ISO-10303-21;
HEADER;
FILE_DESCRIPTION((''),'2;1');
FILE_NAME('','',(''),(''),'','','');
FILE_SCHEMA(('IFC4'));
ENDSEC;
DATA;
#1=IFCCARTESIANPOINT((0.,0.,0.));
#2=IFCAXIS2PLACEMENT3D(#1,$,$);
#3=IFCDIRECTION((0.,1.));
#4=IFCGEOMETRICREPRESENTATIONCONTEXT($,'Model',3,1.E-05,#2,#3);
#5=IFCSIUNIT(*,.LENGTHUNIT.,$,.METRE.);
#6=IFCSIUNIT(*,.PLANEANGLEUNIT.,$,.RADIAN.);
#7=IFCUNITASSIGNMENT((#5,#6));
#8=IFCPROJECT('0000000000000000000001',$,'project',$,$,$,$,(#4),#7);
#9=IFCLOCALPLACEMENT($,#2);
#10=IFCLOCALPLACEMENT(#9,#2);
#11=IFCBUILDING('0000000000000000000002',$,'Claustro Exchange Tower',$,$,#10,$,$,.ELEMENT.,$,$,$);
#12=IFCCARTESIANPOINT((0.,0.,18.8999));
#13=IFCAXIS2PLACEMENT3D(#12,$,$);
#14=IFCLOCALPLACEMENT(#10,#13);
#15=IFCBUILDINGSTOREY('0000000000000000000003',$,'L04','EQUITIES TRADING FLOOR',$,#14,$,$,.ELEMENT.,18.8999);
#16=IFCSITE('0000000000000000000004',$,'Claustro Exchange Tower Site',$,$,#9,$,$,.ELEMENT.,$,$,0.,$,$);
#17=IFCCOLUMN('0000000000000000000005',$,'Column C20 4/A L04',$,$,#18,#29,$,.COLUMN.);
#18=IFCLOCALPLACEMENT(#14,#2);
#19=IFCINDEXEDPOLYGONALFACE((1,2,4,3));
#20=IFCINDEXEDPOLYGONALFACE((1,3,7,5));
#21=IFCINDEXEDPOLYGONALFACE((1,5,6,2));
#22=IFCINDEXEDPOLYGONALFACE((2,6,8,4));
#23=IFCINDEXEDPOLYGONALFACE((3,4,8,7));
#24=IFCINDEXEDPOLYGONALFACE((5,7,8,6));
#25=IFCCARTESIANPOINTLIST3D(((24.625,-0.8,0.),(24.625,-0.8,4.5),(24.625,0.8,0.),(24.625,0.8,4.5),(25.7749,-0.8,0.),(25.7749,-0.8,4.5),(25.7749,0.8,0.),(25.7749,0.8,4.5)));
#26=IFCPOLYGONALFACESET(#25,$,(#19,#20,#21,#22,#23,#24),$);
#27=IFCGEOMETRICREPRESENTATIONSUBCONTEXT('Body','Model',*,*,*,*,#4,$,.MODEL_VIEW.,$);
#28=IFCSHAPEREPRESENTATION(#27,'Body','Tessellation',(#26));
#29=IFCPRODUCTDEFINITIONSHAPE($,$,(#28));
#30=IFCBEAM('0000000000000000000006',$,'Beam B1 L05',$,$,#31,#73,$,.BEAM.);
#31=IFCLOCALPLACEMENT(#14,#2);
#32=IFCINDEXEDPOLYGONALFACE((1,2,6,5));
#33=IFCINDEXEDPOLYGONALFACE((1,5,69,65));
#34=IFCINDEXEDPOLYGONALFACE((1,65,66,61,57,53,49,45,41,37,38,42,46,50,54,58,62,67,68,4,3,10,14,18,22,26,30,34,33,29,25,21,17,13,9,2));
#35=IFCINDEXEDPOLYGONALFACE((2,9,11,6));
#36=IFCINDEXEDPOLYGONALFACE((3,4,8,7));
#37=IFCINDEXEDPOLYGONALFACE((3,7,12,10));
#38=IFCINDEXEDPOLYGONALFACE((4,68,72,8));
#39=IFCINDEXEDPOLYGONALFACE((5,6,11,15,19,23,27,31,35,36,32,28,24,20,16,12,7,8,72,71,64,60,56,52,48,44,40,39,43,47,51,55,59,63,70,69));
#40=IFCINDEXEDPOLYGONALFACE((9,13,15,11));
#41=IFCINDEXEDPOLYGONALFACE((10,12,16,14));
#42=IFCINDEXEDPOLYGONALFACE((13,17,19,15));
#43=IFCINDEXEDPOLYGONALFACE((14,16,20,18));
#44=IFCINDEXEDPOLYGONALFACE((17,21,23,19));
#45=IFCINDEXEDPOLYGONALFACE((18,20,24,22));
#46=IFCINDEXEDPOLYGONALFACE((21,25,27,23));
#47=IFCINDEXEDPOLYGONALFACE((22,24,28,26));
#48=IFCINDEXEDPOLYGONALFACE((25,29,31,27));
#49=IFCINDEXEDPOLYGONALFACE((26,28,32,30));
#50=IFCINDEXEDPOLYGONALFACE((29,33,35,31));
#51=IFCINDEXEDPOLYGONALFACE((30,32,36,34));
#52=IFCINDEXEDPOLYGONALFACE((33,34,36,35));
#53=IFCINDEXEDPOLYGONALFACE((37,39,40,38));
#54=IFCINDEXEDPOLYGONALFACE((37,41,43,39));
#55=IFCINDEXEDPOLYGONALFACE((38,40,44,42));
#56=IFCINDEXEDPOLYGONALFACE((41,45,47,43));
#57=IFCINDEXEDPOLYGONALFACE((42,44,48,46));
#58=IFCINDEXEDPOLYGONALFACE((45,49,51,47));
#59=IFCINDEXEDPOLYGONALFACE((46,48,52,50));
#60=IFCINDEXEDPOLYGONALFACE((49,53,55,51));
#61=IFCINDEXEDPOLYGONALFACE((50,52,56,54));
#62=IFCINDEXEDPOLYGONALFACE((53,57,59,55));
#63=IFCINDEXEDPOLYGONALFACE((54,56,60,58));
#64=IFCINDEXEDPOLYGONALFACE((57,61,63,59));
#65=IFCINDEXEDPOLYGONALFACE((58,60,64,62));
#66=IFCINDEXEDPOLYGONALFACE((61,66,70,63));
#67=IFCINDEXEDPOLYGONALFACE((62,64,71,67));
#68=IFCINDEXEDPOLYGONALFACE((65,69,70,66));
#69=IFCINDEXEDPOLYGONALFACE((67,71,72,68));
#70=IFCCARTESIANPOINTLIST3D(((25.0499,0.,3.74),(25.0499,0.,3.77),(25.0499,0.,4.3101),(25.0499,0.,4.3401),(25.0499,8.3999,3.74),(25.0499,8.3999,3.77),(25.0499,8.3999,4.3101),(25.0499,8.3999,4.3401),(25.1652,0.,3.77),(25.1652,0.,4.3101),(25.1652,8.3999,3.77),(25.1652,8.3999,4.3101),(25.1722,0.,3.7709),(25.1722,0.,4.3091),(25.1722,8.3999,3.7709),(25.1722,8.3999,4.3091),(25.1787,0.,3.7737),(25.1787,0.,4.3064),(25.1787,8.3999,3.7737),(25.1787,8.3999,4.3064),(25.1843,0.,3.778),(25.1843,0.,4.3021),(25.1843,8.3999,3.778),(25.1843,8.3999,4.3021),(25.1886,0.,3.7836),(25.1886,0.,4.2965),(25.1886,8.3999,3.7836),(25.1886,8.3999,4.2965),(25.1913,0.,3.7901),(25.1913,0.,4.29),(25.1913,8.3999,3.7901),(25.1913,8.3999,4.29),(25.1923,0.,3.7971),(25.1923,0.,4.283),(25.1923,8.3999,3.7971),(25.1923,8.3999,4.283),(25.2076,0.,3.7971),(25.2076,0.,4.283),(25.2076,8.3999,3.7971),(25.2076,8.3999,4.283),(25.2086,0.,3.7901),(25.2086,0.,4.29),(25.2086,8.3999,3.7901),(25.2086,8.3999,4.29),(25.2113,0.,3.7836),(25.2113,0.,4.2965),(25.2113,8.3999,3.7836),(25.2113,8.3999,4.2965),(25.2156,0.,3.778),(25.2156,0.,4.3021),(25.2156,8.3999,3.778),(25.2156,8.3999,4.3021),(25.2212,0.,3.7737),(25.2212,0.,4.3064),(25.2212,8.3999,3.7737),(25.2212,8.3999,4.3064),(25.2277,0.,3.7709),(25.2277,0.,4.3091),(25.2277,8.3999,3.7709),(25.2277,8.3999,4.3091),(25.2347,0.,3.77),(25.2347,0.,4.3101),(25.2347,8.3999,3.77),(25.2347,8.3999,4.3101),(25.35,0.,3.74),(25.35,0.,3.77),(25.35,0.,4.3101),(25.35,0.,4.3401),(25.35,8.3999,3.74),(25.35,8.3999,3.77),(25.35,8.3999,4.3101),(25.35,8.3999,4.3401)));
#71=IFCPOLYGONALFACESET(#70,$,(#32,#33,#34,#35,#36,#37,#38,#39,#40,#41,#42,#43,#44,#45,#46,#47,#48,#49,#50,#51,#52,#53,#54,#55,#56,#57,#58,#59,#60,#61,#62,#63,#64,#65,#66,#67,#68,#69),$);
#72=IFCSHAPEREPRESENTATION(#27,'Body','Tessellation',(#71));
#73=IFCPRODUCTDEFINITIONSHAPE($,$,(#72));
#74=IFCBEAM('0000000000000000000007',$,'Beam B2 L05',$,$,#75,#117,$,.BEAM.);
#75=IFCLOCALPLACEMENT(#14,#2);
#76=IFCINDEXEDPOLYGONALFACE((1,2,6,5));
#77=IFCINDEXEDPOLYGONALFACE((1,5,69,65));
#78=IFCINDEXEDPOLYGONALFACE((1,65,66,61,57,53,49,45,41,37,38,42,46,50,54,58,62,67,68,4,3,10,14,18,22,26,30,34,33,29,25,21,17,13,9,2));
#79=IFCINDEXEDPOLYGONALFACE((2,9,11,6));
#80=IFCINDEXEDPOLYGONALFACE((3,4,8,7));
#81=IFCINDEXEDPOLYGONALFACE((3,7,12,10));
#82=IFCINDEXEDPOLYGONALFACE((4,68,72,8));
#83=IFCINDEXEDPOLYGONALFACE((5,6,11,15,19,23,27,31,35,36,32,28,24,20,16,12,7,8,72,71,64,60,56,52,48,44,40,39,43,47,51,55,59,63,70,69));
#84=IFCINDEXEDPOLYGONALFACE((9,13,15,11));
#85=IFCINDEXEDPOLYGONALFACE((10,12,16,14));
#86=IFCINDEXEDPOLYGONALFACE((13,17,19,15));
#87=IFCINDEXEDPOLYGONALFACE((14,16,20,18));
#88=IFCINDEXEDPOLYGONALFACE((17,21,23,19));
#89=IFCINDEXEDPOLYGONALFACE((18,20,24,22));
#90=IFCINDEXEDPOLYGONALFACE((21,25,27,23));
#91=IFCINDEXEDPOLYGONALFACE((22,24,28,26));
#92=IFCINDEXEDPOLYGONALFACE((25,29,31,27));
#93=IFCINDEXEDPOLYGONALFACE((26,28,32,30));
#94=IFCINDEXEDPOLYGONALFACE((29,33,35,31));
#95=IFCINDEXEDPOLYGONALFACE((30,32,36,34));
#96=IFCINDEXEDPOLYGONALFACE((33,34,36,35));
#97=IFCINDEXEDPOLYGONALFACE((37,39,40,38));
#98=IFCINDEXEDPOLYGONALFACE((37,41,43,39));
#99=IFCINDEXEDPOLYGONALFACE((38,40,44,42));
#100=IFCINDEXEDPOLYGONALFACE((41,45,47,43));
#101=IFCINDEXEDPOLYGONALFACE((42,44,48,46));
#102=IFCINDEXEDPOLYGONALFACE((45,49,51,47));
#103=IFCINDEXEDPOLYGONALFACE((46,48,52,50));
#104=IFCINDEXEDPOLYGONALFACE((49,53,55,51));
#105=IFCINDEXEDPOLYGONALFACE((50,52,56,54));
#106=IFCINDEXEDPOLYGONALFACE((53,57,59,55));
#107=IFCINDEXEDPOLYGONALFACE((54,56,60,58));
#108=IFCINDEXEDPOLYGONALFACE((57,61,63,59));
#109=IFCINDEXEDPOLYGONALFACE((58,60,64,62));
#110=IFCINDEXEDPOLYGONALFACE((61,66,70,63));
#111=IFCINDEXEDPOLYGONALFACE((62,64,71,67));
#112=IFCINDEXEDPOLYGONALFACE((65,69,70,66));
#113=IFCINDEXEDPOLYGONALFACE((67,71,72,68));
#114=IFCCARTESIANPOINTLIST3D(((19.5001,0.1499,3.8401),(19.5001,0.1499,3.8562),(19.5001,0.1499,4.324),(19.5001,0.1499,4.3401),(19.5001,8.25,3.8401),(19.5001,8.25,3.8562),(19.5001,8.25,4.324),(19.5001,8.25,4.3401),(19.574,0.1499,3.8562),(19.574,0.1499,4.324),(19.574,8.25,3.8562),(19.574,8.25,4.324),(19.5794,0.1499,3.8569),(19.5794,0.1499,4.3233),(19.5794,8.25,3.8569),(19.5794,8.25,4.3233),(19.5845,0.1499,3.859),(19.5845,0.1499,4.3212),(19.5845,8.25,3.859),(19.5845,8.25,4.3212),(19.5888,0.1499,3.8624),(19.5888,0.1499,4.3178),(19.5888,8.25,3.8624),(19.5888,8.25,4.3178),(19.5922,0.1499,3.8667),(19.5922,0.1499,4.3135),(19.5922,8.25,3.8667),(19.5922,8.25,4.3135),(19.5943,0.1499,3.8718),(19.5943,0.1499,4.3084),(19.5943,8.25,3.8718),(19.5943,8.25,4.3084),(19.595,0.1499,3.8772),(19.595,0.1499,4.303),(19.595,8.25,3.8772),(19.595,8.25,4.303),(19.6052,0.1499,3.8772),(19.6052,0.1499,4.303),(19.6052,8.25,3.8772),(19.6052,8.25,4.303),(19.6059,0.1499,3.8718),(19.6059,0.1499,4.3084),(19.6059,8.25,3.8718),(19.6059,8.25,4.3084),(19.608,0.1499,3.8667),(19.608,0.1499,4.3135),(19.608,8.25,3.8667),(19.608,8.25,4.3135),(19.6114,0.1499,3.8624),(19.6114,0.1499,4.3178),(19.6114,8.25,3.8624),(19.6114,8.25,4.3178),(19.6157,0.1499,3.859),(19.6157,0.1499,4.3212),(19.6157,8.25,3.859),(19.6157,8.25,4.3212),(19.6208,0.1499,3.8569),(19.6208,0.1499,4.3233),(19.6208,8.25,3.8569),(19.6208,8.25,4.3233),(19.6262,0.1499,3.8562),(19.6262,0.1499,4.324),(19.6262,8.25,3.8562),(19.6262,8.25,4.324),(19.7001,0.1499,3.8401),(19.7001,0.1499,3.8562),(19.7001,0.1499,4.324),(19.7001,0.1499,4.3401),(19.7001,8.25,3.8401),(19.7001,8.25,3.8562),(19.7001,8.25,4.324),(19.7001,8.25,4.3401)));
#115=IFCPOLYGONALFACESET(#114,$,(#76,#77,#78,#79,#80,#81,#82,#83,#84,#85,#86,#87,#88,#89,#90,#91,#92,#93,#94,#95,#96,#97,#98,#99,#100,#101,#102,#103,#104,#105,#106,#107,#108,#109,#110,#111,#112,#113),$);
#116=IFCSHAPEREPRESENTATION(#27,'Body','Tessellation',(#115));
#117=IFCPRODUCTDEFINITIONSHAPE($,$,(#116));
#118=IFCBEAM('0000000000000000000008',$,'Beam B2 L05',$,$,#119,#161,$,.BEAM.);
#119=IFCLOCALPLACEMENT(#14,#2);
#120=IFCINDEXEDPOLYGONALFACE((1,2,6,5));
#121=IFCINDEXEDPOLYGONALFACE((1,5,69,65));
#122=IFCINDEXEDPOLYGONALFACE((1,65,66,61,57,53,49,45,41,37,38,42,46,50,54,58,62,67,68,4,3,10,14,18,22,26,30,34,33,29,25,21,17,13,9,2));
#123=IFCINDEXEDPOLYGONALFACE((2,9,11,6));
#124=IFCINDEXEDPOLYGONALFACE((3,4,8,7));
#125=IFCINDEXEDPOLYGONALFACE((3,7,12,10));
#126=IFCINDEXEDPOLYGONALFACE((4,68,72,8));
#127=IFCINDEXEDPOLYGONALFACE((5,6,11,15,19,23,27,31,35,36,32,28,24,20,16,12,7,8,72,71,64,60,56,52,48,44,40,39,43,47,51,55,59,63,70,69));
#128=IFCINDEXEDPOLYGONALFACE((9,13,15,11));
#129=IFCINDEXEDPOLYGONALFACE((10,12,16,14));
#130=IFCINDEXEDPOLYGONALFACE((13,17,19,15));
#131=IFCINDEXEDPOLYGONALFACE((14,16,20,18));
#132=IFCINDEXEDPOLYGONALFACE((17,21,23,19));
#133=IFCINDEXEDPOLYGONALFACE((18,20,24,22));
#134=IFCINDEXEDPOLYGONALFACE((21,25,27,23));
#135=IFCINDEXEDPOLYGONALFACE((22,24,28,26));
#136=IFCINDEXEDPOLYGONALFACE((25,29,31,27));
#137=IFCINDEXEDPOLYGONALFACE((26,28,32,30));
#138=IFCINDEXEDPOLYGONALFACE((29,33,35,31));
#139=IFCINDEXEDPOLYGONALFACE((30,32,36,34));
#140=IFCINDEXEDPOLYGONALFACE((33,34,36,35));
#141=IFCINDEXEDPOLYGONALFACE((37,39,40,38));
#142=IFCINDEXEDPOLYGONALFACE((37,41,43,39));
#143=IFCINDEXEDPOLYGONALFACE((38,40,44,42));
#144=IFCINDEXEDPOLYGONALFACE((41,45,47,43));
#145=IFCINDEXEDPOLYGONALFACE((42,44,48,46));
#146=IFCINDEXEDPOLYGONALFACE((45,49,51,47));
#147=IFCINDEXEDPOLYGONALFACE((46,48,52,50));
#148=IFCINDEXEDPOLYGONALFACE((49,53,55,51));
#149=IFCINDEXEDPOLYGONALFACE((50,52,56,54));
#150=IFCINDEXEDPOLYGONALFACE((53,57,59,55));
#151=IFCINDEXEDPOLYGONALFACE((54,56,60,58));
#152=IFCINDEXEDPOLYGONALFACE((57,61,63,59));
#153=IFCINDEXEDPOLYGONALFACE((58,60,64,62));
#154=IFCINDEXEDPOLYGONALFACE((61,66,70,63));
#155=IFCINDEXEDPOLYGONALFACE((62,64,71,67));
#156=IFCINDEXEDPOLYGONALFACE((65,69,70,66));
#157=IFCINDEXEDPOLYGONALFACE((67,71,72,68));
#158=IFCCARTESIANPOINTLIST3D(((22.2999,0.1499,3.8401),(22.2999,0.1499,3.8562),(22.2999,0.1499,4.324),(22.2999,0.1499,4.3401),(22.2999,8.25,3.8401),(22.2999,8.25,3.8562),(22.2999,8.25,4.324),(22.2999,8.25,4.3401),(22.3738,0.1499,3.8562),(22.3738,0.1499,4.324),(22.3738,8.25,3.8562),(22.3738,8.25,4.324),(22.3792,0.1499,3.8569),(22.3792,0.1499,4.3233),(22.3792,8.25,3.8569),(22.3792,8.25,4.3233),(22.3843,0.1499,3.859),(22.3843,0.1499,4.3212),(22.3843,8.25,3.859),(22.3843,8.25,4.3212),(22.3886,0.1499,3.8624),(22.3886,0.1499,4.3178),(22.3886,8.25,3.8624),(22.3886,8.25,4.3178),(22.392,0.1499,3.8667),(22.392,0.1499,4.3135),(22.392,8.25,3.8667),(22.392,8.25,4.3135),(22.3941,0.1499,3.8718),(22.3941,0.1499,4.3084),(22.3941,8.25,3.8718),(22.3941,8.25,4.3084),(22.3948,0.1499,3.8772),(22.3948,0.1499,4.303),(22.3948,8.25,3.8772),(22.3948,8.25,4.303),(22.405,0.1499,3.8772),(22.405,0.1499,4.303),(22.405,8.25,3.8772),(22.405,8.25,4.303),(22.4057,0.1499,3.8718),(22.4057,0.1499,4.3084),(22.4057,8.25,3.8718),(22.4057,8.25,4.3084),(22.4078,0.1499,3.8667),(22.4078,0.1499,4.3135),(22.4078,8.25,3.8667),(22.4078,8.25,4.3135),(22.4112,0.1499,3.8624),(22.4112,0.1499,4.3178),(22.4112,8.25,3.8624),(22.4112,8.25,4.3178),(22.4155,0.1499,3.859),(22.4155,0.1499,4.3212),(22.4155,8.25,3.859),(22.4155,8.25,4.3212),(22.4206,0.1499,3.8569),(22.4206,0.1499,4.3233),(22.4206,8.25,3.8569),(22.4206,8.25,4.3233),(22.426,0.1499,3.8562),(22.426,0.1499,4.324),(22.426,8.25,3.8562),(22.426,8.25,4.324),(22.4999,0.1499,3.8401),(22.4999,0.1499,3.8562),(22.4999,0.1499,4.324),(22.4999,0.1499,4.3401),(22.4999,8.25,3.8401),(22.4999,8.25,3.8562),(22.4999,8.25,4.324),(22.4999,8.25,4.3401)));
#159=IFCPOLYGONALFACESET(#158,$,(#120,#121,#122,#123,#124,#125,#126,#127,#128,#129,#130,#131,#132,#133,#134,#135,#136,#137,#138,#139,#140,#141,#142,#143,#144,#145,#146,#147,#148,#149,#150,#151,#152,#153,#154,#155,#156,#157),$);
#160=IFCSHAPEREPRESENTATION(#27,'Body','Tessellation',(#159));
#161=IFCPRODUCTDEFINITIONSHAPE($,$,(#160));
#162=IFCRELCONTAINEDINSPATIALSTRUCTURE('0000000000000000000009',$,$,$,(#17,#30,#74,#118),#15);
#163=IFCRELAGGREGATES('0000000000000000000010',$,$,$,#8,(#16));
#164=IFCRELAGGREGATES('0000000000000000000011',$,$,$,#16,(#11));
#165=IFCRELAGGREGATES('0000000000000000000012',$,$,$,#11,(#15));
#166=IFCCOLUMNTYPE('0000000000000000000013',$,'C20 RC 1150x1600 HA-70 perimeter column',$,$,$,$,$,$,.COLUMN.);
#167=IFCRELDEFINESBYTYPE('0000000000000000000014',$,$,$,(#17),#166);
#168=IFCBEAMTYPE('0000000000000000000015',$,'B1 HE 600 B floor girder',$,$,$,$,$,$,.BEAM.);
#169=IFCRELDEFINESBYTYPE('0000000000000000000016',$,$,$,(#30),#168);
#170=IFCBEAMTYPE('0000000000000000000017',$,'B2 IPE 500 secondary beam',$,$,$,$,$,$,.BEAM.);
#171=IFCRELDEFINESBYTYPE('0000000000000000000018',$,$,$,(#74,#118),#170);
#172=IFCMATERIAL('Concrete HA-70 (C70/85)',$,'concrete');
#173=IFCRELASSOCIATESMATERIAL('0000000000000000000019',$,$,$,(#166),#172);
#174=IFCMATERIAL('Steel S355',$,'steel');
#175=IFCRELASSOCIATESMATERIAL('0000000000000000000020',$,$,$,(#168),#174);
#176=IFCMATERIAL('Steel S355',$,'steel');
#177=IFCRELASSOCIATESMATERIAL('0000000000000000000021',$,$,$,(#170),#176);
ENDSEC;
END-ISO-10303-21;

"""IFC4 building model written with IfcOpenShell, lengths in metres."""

from ifc_helpers import new_model, si_unit, direction, frame, origin, origin_2d, place, context, subcontext, project, spatial, rectangle, i_section, extrude, material, material_profile, profile_set, type_object, element, save


model = new_model("IFC4")

# Units and contexts
model_context = context("Model", 3, precision=1e-05, world=origin(), true_north=direction((0.0, 1.0)))
body_context = subcontext(model_context, "Body", "Model", "MODEL_VIEW")
ifc_project = project(units=[si_unit("LENGTHUNIT", "METRE"), si_unit("PLANEANGLEUNIT", "RADIAN")], contexts=[model_context])

# Site, building, storey
site_placement = place(None, origin())
site = spatial("IfcSite", under=ifc_project, at=site_placement, Name="Claustro Exchange Tower Site", CompositionType="ELEMENT", RefElevation=0.0)
building_placement = place(site_placement, origin())
building = spatial("IfcBuilding", under=site, at=building_placement, Name="Claustro Exchange Tower", CompositionType="ELEMENT")
storey_placement = place(building_placement, frame((0.0, 0.0, 18.8999)))
storey = spatial("IfcBuildingStorey", under=building, at=storey_placement, Name="L04", Description="EQUITIES TRADING FLOOR", CompositionType="ELEMENT", Elevation=18.8999)

# Column
ifc_material_1 = material(Name="Concrete HA-70 (C70/85)", Category="concrete")
ifc_material_profile_1 = material_profile(ifc_material_1, rectangle(XDim=1.1499, YDim=1.6001, at=origin_2d()), Name="RC 1150x1600")
ifc_profile_set_1 = profile_set([ifc_material_profile_1], Name="Concrete HA-70 (C70/85)")
column_type = type_object("IfcColumnType", Name="C20 RC 1150x1600 HA-70 perimeter column", PredefinedType="COLUMN", material=ifc_profile_set_1)
column_placement = place(storey_placement, frame((25.2, 0.0, 0.0), z_axis=(0.0, 0.0, 1.0), x_axis=(1.0, 0.0, 0.0)))
element("IfcColumn", 1, at=column_placement, inside=storey, type_object=column_type, Name="Column C20 4/A L04", PredefinedType="COLUMN", context=body_context, shape_type="SweptSolid", body=[
    extrude(rectangle(XDim=1.1499, YDim=1.6001, at=origin_2d()), origin(), (0.0, 0.0, 1.0), 4.5),
])

# Beams
ifc_material_2 = material(Name="Steel S355", Category="steel")
ifc_material_profile_2 = material_profile(ifc_material_2, i_section(OverallWidth=0.3, OverallDepth=0.6001, WebThickness=0.0154, FlangeThickness=0.03, FilletRadius=0.0271, at=origin_2d()), Name="HE 600 B")
ifc_profile_set_2 = profile_set([ifc_material_profile_2], Name="Steel S355")
beam_type_1 = type_object("IfcBeamType", Name="B1 HE 600 B floor girder", PredefinedType="BEAM", material=ifc_profile_set_2)
beam_1_placement = place(storey_placement, frame((25.2, 0.0, 4.04), z_axis=(0.0, 1.0, 0.0), x_axis=(-1.0, 0.0, 0.0)))
element("IfcBeam", 2, at=beam_1_placement, inside=storey, type_object=beam_type_1, Name="Beam B1 L05", PredefinedType="BEAM", context=body_context, shape_type="SweptSolid", body=[
    extrude(i_section(OverallWidth=0.3, OverallDepth=0.6001, WebThickness=0.0154, FlangeThickness=0.03, FilletRadius=0.0271, at=origin_2d()), origin(), (0.0, 0.0, 1.0), 8.3999),
])
ifc_material_3 = material(Name="Steel S355", Category="steel")
ifc_material_profile_3 = material_profile(ifc_material_3, i_section(OverallWidth=0.2, OverallDepth=0.5, WebThickness=0.0103, FlangeThickness=0.0161, FilletRadius=0.021, at=origin_2d()), Name="IPE 500")
ifc_profile_set_3 = profile_set([ifc_material_profile_3], Name="Steel S355")
beam_type_2 = type_object("IfcBeamType", Name="B2 IPE 500 secondary beam", PredefinedType="BEAM", material=ifc_profile_set_3)
for number, where, z_axis, x_axis, name in (
    (3, (19.6001, 0.1499, 4.0901), (0.0, 1.0, 0.0), (-1.0, 0.0, 0.0), "Beam B2 L05"),
    (4, (22.3999, 0.1499, 4.0901), (0.0, 1.0, 0.0), (-1.0, 0.0, 0.0), "Beam B2 L05"),
):
    element("IfcBeam", number, at=place(storey_placement, frame(where, z_axis=z_axis, x_axis=x_axis)), inside=storey, type_object=beam_type_2, Name=name, PredefinedType="BEAM", context=body_context, shape_type="SweptSolid", body=[
        extrude(i_section(OverallWidth=0.2, OverallDepth=0.5, WebThickness=0.0103, FlangeThickness=0.0161, FilletRadius=0.021, at=origin_2d()), origin(), (0.0, 0.0, 1.0), 8.1001),
    ])

save(model, "model.ifc")
